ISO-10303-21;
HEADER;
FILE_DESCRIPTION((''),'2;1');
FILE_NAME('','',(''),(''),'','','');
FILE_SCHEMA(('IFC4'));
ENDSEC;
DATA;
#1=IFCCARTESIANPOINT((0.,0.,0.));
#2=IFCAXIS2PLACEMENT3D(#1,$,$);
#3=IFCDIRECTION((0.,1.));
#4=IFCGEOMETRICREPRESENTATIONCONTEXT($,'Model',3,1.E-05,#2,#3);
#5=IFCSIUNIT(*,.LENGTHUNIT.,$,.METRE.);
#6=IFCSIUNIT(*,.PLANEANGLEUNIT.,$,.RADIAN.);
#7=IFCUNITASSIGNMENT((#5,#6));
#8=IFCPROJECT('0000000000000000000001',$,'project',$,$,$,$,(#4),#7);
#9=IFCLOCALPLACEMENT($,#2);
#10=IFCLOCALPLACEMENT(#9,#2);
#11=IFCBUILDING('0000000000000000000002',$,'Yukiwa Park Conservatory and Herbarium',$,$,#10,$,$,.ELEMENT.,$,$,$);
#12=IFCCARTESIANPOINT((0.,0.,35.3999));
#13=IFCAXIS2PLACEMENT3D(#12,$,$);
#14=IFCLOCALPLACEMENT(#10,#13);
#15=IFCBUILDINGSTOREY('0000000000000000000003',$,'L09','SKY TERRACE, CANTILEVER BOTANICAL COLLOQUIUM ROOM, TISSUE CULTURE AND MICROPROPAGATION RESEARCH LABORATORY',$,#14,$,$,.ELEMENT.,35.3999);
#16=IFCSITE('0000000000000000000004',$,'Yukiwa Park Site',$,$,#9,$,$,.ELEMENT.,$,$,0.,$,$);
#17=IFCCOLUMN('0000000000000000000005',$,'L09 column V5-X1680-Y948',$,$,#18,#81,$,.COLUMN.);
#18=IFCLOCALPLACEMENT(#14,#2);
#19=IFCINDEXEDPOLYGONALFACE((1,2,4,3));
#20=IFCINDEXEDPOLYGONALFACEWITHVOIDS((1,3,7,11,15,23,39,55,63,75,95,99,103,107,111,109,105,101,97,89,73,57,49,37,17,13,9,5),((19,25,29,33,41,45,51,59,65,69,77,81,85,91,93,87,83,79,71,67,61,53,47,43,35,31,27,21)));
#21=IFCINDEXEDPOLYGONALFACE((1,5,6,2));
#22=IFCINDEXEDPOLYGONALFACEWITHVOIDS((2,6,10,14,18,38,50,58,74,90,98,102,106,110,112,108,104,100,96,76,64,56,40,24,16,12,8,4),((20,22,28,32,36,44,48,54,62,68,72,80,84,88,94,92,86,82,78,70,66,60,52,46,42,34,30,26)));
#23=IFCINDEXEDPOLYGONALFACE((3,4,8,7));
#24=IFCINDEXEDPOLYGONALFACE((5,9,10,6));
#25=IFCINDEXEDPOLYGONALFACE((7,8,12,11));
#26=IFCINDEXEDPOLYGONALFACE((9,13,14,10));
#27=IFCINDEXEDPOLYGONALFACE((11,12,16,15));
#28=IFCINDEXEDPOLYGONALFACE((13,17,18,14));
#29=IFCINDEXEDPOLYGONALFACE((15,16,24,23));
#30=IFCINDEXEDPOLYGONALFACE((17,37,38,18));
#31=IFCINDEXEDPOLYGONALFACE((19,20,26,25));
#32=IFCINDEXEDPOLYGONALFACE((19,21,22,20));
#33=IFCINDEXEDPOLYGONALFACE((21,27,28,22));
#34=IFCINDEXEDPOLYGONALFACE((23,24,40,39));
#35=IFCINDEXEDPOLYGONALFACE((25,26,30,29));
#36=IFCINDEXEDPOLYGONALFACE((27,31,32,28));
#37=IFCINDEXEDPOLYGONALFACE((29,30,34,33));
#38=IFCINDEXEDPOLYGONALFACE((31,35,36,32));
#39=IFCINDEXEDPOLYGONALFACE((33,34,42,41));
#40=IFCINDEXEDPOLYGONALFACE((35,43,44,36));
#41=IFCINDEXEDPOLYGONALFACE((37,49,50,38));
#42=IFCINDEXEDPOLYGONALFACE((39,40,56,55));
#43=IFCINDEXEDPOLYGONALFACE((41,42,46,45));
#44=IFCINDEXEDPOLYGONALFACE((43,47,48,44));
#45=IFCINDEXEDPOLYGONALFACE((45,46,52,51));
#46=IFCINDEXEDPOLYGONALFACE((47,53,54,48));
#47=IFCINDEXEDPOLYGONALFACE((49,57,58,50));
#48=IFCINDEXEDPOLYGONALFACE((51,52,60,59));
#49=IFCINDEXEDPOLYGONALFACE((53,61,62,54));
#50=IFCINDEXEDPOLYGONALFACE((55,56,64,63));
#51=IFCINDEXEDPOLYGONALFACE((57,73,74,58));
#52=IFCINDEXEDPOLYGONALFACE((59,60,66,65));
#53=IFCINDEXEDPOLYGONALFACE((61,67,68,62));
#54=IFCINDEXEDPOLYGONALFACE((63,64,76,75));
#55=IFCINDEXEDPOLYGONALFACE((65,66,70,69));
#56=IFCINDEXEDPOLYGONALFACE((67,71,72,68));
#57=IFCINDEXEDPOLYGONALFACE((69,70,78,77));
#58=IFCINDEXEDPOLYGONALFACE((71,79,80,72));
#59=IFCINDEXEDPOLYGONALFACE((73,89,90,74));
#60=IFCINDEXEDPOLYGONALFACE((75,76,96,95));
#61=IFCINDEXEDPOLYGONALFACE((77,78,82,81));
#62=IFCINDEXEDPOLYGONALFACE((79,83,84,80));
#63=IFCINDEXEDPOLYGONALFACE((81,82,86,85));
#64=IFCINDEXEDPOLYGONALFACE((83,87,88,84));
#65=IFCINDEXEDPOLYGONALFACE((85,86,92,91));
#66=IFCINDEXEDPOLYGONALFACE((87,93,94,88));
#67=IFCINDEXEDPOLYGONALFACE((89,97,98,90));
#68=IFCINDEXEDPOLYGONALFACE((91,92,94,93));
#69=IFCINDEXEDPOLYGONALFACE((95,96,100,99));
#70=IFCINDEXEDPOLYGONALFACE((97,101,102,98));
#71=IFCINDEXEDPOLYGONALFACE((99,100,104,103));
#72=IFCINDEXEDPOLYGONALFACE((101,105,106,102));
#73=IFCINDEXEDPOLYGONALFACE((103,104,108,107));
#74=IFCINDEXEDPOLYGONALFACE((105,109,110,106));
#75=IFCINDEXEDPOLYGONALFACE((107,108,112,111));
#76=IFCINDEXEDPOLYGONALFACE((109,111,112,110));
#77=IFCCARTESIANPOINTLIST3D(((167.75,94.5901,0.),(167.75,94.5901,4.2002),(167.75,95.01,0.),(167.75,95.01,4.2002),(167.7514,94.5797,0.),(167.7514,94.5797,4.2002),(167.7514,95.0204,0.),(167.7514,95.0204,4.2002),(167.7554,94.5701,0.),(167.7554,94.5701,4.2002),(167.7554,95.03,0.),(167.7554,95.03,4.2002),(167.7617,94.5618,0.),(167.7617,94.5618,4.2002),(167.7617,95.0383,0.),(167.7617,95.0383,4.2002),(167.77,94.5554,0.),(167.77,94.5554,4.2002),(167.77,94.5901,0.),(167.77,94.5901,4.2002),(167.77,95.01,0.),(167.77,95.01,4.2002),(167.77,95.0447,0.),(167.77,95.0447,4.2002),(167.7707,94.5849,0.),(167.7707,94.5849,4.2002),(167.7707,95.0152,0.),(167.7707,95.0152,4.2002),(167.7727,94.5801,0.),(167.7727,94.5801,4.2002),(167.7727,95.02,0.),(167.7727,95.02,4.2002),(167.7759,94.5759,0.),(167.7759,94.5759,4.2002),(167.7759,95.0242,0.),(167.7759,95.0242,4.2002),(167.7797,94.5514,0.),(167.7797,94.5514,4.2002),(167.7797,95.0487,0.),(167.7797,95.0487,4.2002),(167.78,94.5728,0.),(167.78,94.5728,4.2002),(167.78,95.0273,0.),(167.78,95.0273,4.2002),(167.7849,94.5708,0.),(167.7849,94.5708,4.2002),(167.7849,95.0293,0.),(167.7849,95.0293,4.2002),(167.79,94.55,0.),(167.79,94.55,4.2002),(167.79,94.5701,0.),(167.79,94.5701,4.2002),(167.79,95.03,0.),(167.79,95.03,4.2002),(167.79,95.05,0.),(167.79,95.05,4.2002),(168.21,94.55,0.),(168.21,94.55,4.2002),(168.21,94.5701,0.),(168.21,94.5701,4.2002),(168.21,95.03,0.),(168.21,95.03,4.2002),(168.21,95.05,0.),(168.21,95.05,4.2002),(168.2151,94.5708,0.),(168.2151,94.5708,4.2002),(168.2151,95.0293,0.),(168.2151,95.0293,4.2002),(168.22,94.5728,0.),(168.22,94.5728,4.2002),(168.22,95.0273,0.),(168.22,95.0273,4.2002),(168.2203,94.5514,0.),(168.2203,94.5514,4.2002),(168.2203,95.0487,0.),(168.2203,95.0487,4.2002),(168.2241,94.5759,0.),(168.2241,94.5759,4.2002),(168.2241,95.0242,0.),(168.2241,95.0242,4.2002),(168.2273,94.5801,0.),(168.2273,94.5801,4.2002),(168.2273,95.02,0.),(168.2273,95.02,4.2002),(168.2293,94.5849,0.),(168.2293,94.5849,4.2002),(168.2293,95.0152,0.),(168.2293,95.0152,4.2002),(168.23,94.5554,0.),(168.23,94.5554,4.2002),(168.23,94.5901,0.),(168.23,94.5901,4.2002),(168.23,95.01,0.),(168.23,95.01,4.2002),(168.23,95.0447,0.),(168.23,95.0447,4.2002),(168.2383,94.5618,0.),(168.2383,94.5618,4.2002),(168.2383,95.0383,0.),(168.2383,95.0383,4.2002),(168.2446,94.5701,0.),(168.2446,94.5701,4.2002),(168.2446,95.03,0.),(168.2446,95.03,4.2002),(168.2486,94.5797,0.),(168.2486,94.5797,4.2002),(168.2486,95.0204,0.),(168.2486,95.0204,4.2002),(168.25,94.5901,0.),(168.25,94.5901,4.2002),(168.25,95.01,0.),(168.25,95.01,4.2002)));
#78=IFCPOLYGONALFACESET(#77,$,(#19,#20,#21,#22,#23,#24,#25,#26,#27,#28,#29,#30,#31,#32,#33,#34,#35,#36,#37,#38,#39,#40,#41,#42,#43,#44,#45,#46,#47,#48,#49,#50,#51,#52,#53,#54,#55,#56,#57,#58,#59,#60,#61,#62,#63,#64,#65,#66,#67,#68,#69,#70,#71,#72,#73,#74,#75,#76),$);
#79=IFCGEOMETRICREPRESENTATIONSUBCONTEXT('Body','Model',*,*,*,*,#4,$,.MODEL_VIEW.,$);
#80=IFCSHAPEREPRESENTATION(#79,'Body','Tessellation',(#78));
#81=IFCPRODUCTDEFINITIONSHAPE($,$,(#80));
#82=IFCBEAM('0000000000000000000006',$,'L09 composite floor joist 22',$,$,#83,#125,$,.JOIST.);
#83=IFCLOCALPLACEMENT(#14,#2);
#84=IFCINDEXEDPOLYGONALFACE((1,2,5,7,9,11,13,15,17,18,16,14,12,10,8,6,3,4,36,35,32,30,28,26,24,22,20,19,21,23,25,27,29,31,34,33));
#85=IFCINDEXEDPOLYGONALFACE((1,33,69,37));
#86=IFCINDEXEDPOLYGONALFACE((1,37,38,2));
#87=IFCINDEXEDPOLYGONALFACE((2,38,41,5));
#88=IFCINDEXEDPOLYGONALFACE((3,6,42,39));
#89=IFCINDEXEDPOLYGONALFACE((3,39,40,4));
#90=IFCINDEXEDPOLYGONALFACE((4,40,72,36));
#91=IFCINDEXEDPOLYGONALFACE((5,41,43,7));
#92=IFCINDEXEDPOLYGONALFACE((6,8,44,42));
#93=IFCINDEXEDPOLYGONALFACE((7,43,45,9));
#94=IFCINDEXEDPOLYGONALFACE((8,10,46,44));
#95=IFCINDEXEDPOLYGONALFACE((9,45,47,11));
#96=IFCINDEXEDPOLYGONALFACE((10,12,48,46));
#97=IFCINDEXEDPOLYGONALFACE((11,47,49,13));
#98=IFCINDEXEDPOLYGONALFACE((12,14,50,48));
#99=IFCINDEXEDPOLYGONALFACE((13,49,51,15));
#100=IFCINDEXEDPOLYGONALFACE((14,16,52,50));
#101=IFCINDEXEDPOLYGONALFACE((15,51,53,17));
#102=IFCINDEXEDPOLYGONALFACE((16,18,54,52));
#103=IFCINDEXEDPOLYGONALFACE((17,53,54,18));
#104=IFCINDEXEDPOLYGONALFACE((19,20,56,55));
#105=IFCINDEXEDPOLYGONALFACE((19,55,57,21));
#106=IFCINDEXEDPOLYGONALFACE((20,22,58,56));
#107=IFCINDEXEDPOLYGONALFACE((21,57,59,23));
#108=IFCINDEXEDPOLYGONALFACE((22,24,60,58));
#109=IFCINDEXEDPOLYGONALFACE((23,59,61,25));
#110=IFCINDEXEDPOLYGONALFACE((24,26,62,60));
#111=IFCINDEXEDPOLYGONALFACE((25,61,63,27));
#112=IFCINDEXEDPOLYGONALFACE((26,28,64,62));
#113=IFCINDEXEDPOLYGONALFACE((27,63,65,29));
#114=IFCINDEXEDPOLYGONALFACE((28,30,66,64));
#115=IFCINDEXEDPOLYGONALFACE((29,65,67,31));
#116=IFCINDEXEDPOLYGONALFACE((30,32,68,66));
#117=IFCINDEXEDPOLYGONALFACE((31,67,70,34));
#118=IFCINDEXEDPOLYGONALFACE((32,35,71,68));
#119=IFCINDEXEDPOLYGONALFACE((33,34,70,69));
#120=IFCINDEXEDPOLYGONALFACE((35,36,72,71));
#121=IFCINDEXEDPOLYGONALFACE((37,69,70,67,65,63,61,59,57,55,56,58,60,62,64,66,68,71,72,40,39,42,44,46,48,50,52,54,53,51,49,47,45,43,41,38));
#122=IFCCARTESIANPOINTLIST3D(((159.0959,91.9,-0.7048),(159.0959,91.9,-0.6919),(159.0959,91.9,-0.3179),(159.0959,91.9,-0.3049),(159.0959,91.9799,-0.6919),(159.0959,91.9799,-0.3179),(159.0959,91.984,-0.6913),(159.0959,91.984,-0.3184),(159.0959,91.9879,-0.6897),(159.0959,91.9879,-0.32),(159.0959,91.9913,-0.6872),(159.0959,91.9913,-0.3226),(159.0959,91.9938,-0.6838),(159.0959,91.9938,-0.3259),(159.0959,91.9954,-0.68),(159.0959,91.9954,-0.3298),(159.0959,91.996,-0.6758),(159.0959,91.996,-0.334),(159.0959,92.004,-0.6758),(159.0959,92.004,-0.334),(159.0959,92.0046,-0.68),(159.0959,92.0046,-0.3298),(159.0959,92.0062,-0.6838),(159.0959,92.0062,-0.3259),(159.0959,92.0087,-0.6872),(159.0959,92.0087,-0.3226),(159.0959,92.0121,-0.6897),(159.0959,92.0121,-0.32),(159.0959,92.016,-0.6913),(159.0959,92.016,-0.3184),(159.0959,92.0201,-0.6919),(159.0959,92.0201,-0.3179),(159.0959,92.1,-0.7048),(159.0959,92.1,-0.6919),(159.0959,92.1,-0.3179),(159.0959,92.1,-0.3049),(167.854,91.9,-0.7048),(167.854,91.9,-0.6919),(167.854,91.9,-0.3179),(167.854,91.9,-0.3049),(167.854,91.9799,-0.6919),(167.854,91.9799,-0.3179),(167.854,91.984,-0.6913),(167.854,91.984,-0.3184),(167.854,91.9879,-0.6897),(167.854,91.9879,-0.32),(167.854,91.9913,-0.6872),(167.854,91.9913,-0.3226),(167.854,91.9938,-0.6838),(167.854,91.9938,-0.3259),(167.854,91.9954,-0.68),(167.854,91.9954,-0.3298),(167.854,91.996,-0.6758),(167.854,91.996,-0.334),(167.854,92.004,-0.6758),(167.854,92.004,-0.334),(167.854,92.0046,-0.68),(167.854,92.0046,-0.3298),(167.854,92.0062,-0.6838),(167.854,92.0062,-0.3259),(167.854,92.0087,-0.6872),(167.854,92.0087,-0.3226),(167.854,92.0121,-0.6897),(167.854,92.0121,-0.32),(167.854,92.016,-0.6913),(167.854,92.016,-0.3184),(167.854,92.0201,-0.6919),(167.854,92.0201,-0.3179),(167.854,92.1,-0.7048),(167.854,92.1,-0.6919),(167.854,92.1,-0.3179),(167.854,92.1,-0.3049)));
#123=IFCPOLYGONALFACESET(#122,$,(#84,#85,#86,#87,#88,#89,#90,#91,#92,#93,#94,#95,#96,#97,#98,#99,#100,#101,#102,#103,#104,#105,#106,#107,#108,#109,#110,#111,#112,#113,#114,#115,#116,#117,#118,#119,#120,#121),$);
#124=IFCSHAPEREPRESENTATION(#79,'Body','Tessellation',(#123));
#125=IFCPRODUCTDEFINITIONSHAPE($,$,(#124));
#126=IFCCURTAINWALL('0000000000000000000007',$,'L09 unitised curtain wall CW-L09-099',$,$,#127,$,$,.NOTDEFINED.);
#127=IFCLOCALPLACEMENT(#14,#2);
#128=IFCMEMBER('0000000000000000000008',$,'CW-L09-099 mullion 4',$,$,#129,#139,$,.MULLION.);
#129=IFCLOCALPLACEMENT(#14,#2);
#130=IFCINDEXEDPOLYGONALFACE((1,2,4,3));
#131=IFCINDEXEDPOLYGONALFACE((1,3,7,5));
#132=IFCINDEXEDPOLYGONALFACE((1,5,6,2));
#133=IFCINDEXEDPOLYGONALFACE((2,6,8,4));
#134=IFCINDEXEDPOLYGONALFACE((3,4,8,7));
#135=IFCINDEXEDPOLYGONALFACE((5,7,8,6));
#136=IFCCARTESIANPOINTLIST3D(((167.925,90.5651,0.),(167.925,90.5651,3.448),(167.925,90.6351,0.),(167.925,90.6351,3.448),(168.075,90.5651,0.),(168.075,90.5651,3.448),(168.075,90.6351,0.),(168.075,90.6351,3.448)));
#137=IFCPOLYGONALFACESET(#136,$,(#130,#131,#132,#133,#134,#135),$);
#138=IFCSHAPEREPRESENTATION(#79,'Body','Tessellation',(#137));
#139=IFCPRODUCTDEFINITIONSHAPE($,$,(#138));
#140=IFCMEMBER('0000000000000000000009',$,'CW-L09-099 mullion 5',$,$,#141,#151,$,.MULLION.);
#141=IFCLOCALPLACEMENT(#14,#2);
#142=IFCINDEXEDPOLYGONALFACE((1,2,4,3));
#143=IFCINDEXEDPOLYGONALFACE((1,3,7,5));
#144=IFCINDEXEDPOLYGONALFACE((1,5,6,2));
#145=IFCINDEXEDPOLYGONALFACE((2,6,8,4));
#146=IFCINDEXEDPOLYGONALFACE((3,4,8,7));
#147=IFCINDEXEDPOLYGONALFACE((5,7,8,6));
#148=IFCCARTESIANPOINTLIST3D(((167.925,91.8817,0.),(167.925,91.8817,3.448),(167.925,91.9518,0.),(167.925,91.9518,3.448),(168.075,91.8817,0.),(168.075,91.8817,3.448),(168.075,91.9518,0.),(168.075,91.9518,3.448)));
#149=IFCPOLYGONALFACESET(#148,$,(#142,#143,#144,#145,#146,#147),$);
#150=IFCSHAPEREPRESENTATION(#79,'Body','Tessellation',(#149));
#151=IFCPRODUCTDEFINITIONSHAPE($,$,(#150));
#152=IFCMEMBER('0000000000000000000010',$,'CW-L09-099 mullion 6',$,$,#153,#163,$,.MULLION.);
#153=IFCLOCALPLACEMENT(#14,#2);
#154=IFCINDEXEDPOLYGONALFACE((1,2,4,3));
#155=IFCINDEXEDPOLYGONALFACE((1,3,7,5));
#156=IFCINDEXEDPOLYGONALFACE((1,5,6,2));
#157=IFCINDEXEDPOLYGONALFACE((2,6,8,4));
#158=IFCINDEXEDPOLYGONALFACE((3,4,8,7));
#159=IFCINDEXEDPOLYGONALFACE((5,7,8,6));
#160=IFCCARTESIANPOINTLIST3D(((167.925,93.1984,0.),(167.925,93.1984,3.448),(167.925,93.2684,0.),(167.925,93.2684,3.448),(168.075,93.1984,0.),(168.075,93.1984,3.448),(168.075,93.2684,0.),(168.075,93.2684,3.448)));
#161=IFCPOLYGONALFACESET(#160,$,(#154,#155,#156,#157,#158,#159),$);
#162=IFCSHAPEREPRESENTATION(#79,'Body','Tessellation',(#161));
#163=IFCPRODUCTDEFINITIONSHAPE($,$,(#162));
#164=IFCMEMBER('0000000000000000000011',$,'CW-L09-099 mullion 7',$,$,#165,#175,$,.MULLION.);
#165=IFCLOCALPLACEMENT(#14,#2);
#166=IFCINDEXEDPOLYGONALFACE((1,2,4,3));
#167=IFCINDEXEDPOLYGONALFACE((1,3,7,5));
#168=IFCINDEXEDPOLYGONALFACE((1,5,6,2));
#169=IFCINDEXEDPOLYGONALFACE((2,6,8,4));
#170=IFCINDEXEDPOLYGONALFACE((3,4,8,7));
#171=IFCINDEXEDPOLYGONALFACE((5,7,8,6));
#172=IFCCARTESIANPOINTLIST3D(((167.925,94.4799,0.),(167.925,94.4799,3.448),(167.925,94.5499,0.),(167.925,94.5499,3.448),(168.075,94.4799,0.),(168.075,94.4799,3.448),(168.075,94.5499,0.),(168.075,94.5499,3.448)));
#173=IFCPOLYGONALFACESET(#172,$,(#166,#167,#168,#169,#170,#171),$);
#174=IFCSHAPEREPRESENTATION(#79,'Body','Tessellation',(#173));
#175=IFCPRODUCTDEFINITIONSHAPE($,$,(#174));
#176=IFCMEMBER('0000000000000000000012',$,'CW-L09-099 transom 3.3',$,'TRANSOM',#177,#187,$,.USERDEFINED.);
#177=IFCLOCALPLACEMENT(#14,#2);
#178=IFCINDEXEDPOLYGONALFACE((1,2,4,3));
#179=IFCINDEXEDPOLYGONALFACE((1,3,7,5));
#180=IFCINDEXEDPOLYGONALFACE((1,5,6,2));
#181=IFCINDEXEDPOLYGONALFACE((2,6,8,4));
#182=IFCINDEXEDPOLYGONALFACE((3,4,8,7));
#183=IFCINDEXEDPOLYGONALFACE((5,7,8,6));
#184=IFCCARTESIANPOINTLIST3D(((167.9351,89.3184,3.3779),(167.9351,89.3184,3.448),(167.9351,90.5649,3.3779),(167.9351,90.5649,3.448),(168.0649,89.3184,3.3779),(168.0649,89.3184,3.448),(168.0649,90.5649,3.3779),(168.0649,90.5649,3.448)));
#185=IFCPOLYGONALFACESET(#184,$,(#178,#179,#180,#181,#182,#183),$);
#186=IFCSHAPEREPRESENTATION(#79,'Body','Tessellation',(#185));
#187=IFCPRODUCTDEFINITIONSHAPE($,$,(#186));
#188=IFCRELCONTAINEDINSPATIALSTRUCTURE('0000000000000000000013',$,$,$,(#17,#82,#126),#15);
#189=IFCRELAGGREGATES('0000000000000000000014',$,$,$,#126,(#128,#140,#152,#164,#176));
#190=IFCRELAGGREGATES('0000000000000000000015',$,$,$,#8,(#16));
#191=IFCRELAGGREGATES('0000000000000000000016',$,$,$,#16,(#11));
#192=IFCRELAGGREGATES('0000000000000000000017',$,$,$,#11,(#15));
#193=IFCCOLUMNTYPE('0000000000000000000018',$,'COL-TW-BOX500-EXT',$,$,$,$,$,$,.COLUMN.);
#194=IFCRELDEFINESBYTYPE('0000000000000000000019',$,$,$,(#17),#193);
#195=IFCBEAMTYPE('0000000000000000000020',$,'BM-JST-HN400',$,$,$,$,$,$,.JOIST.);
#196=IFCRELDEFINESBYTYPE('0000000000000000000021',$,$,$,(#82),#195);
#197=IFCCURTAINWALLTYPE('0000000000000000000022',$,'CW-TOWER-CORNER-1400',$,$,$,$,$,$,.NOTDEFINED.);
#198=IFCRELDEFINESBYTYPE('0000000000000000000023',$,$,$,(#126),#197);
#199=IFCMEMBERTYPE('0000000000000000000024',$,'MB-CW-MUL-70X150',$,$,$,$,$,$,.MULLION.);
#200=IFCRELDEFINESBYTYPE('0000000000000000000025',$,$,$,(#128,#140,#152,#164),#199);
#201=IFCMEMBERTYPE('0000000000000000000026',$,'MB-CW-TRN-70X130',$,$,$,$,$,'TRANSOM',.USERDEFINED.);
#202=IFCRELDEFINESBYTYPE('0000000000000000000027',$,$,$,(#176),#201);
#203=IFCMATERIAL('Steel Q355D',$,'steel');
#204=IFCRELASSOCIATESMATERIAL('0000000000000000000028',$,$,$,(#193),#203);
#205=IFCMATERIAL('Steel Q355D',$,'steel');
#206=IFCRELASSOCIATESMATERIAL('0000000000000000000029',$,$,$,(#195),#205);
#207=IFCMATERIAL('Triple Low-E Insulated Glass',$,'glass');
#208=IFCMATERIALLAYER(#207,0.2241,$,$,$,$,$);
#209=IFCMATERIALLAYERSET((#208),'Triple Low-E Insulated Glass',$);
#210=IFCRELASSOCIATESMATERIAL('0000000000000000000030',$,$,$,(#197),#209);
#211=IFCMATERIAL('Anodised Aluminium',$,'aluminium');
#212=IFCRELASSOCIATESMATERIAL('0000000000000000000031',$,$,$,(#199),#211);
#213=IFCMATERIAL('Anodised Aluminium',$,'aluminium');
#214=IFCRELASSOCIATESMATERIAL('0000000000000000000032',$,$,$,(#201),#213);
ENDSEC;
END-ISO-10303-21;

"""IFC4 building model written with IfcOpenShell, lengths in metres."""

from ifc_helpers import new_model, si_unit, direction, frame, origin, origin_2d, place, context, subcontext, project, spatial, rectangle, hollow_rectangle, i_section, extrude, material, layer, layer_set, material_profile, profile_set, type_object, element, aggregate, save


model = new_model("IFC4")

# Units and contexts
model_context = context("Model", 3, precision=1e-05, world=origin(), true_north=direction((0.0, 1.0)))
body_context = subcontext(model_context, "Body", "Model", "MODEL_VIEW")
ifc_project = project(units=[si_unit("LENGTHUNIT", "METRE"), si_unit("PLANEANGLEUNIT", "RADIAN")], contexts=[model_context])

# Site, building, storey
site_placement = place(None, origin())
site = spatial("IfcSite", under=ifc_project, at=site_placement, Name="Yukiwa Park Site", CompositionType="ELEMENT", RefElevation=0.0)
building_placement = place(site_placement, origin())
building = spatial("IfcBuilding", under=site, at=building_placement, Name="Yukiwa Park Conservatory and Herbarium", CompositionType="ELEMENT")
storey_placement = place(building_placement, frame((0.0, 0.0, 35.3999)))
storey = spatial("IfcBuildingStorey", under=building, at=storey_placement, Name="L09", Description="SKY TERRACE, CANTILEVER BOTANICAL COLLOQUIUM ROOM, TISSUE CULTURE AND MICROPROPAGATION RESEARCH LABORATORY", CompositionType="ELEMENT", Elevation=35.3999)

# Column
ifc_material_1 = material(Name="Steel Q355D", Category="steel")
ifc_material_profile_1 = material_profile(ifc_material_1, hollow_rectangle(XDim=0.5, YDim=0.5, WallThickness=0.02, InnerFilletRadius=0.02, OuterFilletRadius=0.04, at=origin_2d()), Name="BOX 500x500x20")
ifc_profile_set_1 = profile_set([ifc_material_profile_1], Name="Steel Q355D")
column_type = type_object("IfcColumnType", Name="COL-TW-BOX500-EXT", PredefinedType="COLUMN", material=ifc_profile_set_1)
column_placement = place(storey_placement, frame((168.0, 94.8, 0.0), z_axis=(0.0, 0.0, 1.0), x_axis=(1.0, 0.0, 0.0)))
element("IfcColumn", 1, at=column_placement, inside=storey, type_object=column_type, Name="L09 column V5-X1680-Y948", PredefinedType="COLUMN", context=body_context, shape_type="SweptSolid", body=[
    extrude(hollow_rectangle(XDim=0.5, YDim=0.5, WallThickness=0.02, InnerFilletRadius=0.02, OuterFilletRadius=0.04, at=origin_2d()), origin(), (0.0, 0.0, 1.0), 4.2002),
])

# Beam
ifc_material_2 = material(Name="Steel Q355D", Category="steel")
ifc_material_profile_2 = material_profile(ifc_material_2, i_section(OverallWidth=0.2, OverallDepth=0.3999, WebThickness=0.0081, FlangeThickness=0.0129, FilletRadius=0.0161, at=origin_2d()), Name="HN 400x200x8x13")
ifc_profile_set_2 = profile_set([ifc_material_profile_2], Name="Steel Q355D")
beam_type = type_object("IfcBeamType", Name="BM-JST-HN400", PredefinedType="JOIST", material=ifc_profile_set_2)
beam_placement = place(storey_placement, frame((159.0959, 92.0, -0.5049), z_axis=(1.0, 0.0, 0.0), x_axis=(0.0, 1.0, 0.0)))
element("IfcBeam", 2, at=beam_placement, inside=storey, type_object=beam_type, Name="L09 composite floor joist 22", PredefinedType="JOIST", context=body_context, shape_type="SweptSolid", body=[
    extrude(i_section(OverallWidth=0.2, OverallDepth=0.3999, WebThickness=0.0081, FlangeThickness=0.0129, FilletRadius=0.0161, at=origin_2d()), origin(), (0.0, 0.0, 1.0), 8.7581),
])

# Curtain wall, members
ifc_material_3 = material(Name="Triple Low-E Insulated Glass", Category="glass")
ifc_layer_1 = layer(ifc_material_3, 0.2241)
ifc_layer_set_1 = layer_set([ifc_layer_1], Name="Triple Low-E Insulated Glass")
curtain_wall_type = type_object("IfcCurtainWallType", Name="CW-TOWER-CORNER-1400", PredefinedType="NOTDEFINED", material=ifc_layer_set_1)
curtain_wall_placement = place(storey_placement, origin())
curtain_wall = element("IfcCurtainWall", 3, at=curtain_wall_placement, inside=storey, type_object=curtain_wall_type, Name="L09 unitised curtain wall CW-L09-099", PredefinedType="NOTDEFINED")
ifc_material_4 = material(Name="Anodised Aluminium", Category="aluminium")
member_type_1 = type_object("IfcMemberType", Name="MB-CW-MUL-70X150", PredefinedType="MULLION", material=ifc_material_4)
member_1_placement = place(storey_placement, frame((168.0, 90.6001, 0.0), z_axis=(0.0, 0.0, 1.0), x_axis=(0.0, 1.0, 0.0)))
member_1 = element("IfcMember", 4, at=member_1_placement, type_object=member_type_1, Name="CW-L09-099 mullion 4", PredefinedType="MULLION", context=body_context, shape_type="SweptSolid", body=[
    extrude(rectangle(XDim=0.0701, YDim=0.1499, at=origin_2d()), origin(), (0.0, 0.0, 1.0), 3.448),
])
member_2_placement = place(storey_placement, frame((168.0, 91.9167, 0.0), z_axis=(0.0, 0.0, 1.0), x_axis=(0.0, 1.0, 0.0)))
member_2 = element("IfcMember", 5, at=member_2_placement, type_object=member_type_1, Name="CW-L09-099 mullion 5", PredefinedType="MULLION", context=body_context, shape_type="SweptSolid", body=[
    extrude(rectangle(XDim=0.0701, YDim=0.1499, at=origin_2d()), origin(), (0.0, 0.0, 1.0), 3.448),
])
member_3_placement = place(storey_placement, frame((168.0, 93.2334, 0.0), z_axis=(0.0, 0.0, 1.0), x_axis=(0.0, 1.0, 0.0)))
member_3 = element("IfcMember", 6, at=member_3_placement, type_object=member_type_1, Name="CW-L09-099 mullion 6", PredefinedType="MULLION", context=body_context, shape_type="SweptSolid", body=[
    extrude(rectangle(XDim=0.0701, YDim=0.1499, at=origin_2d()), origin(), (0.0, 0.0, 1.0), 3.448),
])
member_4_placement = place(storey_placement, frame((168.0, 94.5149, 0.0), z_axis=(0.0, 0.0, 1.0), x_axis=(0.0, 1.0, 0.0)))
member_4 = element("IfcMember", 7, at=member_4_placement, type_object=member_type_1, Name="CW-L09-099 mullion 7", PredefinedType="MULLION", context=body_context, shape_type="SweptSolid", body=[
    extrude(rectangle(XDim=0.0701, YDim=0.1499, at=origin_2d()), origin(), (0.0, 0.0, 1.0), 3.448),
])
ifc_material_5 = material(Name="Anodised Aluminium", Category="aluminium")
member_type_2 = type_object("IfcMemberType", Name="MB-CW-TRN-70X130", ElementType="TRANSOM", PredefinedType="USERDEFINED", material=ifc_material_5)
member_5_placement = place(storey_placement, frame((168.0, 89.9417, 3.3779), z_axis=(0.0, 0.0, 1.0), x_axis=(0.0, 1.0, 0.0)))
member_5 = element("IfcMember", 8, at=member_5_placement, type_object=member_type_2, Name="CW-L09-099 transom 3.3", ObjectType="TRANSOM", PredefinedType="USERDEFINED", context=body_context, shape_type="SweptSolid", body=[
    extrude(rectangle(XDim=1.2466, YDim=0.1299, at=origin_2d()), origin(), (0.0, 0.0, 1.0), 0.0701),
])
aggregate(curtain_wall, [member_1, member_2, member_3, member_4, member_5])

save(model, "model.ifc")
